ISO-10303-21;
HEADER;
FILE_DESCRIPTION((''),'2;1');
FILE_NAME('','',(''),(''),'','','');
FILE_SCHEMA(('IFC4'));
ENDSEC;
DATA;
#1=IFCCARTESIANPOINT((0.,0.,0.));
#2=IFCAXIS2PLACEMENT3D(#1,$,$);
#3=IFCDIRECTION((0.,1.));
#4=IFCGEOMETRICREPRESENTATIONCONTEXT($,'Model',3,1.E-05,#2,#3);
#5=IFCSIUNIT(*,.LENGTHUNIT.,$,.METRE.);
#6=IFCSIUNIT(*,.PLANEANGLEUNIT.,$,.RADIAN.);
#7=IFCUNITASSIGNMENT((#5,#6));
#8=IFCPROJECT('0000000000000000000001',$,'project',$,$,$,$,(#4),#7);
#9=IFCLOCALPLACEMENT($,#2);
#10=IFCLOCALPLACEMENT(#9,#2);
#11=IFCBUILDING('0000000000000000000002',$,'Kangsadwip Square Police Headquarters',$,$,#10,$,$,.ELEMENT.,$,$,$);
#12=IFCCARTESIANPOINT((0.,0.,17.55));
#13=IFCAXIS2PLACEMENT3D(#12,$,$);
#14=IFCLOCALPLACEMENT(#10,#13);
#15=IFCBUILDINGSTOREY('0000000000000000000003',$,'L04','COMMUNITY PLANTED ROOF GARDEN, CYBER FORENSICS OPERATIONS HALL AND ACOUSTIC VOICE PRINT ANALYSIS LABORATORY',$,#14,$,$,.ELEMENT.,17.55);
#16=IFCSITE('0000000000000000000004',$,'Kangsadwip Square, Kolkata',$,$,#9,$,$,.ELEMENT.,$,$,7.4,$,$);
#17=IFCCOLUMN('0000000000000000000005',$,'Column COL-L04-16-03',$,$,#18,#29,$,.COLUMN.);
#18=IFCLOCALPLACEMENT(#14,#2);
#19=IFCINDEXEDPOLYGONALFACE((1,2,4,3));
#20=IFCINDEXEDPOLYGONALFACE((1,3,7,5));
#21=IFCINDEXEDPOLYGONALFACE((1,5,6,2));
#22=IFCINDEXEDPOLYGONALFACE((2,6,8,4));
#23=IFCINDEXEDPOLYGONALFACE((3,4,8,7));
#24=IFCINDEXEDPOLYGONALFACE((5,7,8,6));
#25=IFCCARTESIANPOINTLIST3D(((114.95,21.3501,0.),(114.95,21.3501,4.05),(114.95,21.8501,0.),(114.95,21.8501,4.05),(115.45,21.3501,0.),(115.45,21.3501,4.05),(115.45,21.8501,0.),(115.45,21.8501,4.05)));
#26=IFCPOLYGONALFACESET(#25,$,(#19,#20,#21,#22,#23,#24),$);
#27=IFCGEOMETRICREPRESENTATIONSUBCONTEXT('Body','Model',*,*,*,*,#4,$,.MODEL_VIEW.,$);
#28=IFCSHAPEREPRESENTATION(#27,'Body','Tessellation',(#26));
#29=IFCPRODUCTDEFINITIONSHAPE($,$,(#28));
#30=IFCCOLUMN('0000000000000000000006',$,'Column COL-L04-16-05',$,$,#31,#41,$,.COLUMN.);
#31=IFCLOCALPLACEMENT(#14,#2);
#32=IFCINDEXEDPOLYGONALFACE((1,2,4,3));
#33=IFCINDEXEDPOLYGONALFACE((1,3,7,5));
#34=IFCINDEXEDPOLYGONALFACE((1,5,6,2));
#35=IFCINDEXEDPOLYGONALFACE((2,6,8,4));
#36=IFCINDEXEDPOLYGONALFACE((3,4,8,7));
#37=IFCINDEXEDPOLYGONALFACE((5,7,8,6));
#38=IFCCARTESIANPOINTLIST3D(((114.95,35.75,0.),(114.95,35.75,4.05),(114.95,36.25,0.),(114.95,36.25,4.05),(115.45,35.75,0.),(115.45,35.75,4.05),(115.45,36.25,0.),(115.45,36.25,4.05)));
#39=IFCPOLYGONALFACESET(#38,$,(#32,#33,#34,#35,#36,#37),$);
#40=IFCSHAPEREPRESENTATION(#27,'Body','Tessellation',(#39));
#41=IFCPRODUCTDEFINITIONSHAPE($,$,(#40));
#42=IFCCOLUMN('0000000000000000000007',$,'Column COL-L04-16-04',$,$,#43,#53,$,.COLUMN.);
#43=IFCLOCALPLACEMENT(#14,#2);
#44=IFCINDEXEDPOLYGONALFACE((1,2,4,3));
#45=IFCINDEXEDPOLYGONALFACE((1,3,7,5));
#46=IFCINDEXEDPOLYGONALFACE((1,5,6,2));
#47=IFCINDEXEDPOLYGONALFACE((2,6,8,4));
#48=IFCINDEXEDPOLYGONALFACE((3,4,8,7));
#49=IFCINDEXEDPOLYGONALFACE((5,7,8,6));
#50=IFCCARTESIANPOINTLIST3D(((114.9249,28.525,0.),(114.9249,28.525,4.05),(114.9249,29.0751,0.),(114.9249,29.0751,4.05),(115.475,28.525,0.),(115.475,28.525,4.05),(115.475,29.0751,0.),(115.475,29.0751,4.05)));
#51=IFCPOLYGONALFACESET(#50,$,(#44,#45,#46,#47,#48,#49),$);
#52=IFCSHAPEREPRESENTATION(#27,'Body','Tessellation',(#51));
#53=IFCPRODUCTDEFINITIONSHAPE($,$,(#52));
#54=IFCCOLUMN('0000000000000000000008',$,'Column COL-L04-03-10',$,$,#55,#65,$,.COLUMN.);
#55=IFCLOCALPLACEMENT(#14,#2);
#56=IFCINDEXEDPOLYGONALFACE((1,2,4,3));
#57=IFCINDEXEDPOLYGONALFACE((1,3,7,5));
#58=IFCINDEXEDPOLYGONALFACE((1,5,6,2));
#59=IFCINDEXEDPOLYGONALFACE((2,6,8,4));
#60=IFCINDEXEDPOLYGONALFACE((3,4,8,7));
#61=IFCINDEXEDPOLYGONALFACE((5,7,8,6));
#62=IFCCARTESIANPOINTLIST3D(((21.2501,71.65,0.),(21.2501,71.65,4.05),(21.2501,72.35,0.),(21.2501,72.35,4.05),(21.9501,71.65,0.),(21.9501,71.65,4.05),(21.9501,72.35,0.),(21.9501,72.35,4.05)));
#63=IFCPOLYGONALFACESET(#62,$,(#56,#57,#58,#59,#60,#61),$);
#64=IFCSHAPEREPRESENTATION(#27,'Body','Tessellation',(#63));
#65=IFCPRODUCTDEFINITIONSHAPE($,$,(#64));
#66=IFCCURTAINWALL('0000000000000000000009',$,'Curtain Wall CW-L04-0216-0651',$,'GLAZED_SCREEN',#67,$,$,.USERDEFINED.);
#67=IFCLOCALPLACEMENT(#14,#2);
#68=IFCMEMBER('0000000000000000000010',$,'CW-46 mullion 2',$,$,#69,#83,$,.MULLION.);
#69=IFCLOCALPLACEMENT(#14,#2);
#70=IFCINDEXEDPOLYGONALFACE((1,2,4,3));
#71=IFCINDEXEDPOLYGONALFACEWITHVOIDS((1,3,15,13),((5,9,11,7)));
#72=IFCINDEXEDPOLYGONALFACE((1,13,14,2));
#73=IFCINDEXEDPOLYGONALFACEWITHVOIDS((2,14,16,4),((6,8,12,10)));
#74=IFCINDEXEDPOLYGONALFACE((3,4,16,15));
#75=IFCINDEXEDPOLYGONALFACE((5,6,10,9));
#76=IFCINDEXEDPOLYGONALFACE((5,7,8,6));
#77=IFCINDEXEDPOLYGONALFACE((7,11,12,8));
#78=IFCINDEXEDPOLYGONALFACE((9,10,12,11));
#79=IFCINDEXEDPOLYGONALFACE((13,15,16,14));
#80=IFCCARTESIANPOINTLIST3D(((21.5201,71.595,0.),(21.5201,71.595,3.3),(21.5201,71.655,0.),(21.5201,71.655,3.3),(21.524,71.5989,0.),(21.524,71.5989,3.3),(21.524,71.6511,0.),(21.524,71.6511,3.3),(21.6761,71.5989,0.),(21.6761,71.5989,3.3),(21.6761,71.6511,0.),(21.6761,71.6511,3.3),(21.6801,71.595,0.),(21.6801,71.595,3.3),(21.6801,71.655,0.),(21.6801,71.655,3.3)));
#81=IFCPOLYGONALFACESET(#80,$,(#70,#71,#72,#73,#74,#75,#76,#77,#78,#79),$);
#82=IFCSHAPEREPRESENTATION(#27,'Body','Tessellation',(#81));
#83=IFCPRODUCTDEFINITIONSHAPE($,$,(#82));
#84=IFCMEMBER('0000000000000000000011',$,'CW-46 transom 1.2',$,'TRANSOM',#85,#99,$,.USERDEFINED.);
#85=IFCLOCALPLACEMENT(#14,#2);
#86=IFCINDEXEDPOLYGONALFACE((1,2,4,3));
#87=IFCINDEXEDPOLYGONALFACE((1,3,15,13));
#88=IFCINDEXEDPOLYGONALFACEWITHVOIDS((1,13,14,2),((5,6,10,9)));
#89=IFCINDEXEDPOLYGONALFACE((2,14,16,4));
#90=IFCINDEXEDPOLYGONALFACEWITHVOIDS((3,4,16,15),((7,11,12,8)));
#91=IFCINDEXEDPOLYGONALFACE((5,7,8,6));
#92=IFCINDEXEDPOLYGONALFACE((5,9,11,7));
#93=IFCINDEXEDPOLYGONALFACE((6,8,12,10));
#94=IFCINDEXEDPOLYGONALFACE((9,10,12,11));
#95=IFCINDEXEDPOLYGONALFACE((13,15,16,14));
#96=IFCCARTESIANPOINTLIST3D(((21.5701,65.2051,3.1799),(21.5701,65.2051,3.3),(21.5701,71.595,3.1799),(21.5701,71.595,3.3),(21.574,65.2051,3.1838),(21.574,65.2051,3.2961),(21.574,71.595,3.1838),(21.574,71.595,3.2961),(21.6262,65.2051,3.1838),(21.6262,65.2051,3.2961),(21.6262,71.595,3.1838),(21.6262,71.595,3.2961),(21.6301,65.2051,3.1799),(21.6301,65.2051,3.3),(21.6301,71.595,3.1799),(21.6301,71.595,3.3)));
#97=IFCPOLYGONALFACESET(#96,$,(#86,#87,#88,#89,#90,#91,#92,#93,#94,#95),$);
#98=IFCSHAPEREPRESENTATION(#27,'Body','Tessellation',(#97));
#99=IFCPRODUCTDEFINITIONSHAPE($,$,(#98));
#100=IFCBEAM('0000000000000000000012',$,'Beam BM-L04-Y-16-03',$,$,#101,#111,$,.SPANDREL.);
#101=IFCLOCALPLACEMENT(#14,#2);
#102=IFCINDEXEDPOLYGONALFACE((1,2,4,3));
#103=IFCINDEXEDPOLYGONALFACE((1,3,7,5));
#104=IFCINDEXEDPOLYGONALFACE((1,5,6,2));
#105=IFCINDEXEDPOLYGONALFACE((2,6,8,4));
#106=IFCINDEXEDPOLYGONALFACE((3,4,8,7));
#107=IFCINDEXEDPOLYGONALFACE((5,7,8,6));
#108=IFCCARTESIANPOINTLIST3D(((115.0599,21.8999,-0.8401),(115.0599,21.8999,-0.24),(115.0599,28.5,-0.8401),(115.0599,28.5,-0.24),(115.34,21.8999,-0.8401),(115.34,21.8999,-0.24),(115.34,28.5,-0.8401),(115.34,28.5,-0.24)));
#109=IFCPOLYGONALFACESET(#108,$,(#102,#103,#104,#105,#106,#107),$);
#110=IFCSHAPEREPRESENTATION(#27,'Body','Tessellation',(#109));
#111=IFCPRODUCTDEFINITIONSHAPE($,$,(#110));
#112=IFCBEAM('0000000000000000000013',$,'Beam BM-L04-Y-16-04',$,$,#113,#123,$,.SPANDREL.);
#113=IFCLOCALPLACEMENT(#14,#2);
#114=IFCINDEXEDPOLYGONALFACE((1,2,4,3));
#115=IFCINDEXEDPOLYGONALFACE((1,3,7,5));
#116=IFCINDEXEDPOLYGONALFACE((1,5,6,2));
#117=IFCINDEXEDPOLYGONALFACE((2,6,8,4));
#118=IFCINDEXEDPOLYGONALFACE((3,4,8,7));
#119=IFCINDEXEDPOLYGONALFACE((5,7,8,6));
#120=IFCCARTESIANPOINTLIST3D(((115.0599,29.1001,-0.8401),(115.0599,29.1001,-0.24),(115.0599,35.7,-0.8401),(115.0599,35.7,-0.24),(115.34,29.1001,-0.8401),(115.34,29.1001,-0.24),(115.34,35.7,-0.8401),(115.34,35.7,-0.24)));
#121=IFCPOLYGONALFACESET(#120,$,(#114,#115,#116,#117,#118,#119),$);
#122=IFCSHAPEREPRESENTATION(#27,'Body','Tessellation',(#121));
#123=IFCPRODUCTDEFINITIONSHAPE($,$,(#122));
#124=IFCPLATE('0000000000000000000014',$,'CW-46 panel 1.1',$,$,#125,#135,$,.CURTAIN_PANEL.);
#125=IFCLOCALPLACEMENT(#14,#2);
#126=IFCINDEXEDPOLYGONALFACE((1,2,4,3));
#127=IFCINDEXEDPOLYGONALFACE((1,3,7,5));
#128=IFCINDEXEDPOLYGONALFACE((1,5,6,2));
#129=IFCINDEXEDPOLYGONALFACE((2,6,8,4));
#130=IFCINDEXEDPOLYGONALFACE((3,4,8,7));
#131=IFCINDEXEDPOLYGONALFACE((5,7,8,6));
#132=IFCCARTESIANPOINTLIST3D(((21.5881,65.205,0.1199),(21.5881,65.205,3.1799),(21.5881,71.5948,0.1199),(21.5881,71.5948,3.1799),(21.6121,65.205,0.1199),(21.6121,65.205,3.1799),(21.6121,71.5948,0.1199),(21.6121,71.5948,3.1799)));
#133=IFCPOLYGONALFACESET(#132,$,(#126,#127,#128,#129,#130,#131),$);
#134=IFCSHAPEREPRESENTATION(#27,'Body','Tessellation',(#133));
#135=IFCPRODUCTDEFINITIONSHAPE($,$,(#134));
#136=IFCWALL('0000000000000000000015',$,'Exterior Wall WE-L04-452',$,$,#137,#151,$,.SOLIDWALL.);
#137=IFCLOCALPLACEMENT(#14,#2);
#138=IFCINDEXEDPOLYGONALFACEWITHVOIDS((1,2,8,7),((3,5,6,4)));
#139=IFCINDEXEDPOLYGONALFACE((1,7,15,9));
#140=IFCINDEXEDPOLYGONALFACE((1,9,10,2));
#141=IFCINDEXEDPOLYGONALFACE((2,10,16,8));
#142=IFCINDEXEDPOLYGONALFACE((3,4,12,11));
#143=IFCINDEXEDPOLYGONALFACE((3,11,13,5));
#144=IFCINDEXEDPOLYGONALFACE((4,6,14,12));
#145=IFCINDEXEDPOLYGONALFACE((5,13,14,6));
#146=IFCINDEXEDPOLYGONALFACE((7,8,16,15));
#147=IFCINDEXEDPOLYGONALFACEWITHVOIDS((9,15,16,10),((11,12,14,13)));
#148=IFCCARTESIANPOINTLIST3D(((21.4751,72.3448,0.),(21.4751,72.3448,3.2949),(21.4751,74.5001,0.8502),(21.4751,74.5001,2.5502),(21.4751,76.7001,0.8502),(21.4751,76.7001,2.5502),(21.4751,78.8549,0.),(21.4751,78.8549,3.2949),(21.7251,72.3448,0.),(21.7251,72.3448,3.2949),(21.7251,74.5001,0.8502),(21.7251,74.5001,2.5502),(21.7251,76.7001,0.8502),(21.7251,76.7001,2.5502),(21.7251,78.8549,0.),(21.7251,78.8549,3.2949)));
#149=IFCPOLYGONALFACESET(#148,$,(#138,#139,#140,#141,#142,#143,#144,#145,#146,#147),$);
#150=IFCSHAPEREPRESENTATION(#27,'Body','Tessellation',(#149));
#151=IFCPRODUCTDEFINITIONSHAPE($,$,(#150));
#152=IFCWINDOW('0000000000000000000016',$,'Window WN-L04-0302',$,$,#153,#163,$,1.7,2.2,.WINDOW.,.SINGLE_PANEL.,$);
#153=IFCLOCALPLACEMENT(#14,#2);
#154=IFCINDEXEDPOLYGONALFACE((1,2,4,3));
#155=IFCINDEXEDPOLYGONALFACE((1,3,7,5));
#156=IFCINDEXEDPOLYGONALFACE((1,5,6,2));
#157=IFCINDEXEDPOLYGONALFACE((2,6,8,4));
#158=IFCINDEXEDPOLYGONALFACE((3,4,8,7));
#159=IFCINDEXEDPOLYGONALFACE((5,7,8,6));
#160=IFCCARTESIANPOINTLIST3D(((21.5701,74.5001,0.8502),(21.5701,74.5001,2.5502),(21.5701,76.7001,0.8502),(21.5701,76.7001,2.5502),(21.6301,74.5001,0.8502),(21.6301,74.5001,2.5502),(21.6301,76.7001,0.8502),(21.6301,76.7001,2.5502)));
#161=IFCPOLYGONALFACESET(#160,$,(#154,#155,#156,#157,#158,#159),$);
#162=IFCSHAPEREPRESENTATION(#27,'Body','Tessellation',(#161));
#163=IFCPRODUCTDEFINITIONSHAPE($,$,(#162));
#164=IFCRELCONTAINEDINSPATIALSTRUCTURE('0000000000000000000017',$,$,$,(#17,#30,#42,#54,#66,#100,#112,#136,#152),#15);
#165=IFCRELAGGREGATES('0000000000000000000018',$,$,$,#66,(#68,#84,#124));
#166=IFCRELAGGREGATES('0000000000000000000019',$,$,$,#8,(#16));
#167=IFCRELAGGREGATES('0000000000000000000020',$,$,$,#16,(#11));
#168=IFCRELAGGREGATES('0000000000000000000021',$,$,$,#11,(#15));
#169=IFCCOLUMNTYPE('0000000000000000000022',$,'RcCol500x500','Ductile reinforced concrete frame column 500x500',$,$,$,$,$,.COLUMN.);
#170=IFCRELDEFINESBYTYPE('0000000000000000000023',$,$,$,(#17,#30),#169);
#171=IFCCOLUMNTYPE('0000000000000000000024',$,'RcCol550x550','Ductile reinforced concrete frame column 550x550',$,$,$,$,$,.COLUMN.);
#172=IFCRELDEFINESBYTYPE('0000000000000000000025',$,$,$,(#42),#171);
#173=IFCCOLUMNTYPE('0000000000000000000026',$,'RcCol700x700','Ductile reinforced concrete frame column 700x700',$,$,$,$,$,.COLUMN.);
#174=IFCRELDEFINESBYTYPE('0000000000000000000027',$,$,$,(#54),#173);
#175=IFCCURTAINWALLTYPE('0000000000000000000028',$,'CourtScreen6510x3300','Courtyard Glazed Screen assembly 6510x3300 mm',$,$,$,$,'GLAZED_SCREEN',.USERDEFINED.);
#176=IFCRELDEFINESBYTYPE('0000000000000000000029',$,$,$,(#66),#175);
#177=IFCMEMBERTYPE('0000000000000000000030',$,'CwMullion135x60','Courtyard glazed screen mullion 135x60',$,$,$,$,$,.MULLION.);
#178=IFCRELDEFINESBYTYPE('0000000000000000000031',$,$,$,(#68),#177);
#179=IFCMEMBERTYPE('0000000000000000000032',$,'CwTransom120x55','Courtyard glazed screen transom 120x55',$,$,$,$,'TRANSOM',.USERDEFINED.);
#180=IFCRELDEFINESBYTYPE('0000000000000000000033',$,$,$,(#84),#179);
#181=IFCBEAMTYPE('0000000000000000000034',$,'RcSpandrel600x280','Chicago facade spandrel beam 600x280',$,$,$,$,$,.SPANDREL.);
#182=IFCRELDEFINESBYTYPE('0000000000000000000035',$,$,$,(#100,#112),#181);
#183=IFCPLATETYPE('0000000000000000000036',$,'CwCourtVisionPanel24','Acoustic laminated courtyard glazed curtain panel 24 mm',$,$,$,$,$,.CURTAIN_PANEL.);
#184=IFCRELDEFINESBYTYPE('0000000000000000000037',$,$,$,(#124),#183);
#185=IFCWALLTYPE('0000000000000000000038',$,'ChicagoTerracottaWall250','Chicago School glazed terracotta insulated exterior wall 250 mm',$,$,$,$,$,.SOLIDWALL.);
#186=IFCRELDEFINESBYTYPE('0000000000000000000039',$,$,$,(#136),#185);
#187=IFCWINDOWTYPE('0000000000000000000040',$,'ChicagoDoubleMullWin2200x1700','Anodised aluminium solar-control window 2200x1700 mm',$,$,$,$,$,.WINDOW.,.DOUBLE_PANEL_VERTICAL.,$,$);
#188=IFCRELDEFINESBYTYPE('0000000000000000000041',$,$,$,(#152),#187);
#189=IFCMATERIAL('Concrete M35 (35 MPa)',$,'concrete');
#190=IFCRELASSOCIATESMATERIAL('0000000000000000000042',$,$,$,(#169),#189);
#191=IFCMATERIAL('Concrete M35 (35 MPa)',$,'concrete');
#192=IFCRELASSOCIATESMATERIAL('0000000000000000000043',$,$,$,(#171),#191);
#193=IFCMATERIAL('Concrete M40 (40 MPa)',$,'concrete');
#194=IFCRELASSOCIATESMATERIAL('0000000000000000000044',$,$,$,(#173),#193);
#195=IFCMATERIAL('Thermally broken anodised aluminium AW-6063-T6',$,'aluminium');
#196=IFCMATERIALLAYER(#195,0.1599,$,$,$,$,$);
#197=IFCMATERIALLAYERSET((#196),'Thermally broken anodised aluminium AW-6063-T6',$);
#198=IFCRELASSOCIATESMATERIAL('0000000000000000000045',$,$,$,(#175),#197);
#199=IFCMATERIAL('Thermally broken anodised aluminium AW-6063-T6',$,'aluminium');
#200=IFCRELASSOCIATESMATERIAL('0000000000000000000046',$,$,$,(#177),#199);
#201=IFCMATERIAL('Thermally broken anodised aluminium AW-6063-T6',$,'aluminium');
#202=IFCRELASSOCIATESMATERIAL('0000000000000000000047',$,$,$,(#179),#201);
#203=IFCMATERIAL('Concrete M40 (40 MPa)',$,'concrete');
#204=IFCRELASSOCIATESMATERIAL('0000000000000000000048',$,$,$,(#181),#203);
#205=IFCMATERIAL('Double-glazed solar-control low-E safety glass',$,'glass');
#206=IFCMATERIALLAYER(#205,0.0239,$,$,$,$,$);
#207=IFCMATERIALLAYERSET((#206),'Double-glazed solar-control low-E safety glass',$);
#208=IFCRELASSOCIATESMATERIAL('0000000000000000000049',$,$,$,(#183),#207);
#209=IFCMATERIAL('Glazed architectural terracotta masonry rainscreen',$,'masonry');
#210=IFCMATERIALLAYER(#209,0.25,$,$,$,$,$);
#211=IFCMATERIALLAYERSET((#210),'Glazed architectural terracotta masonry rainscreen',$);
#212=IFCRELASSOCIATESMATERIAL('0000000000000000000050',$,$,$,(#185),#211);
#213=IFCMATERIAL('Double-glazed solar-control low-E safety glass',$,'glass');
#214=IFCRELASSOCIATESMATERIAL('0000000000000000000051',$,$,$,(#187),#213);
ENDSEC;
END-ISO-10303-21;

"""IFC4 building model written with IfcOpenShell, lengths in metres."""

from ifc_helpers import new_model, si_unit, direction, frame, frame_2d, origin, origin_2d, place, context, subcontext, project, spatial, rectangle, hollow_rectangle, extrude, material, layer, layer_set, material_profile, profile_set, type_object, element, fill, aggregate, save


model = new_model("IFC4")

# Units and contexts
model_context = context("Model", 3, precision=1e-05, world=origin(), true_north=direction((0.0, 1.0)))
body_context = subcontext(model_context, "Body", "Model", "MODEL_VIEW")
ifc_project = project(units=[si_unit("LENGTHUNIT", "METRE"), si_unit("PLANEANGLEUNIT", "RADIAN")], contexts=[model_context])

# Site, building, storey
site_placement = place(None, origin())
site = spatial("IfcSite", under=ifc_project, at=site_placement, Name="Kangsadwip Square, Kolkata", CompositionType="ELEMENT", RefElevation=7.4)
building_placement = place(site_placement, origin())
building = spatial("IfcBuilding", under=site, at=building_placement, Name="Kangsadwip Square Police Headquarters", CompositionType="ELEMENT")
storey_placement = place(building_placement, frame((0.0, 0.0, 17.55)))
storey = spatial("IfcBuildingStorey", under=building, at=storey_placement, Name="L04", Description="COMMUNITY PLANTED ROOF GARDEN, CYBER FORENSICS OPERATIONS HALL AND ACOUSTIC VOICE PRINT ANALYSIS LABORATORY", CompositionType="ELEMENT", Elevation=17.55)

# Columns
ifc_material_1 = material(Name="Concrete M35 (35 MPa)", Category="concrete")
ifc_material_profile_1 = material_profile(ifc_material_1, rectangle(XDim=0.5, YDim=0.5, at=origin_2d()), Name="RC COL 500X500")
ifc_profile_set_1 = profile_set([ifc_material_profile_1], Name="Concrete M35 (35 MPa)")
column_type_1 = type_object("IfcColumnType", Name="RcCol500x500", Description="Ductile reinforced concrete frame column 500x500", PredefinedType="COLUMN", material=ifc_profile_set_1)
for number, where, z_axis, x_axis, name in (
    (1, (115.2, 21.6001, 0.0), (0.0, 0.0, 1.0), (1.0, 0.0, 0.0), "Column COL-L04-16-03"),
    (2, (115.2, 36.0, 0.0), (0.0, 0.0, 1.0), (1.0, 0.0, 0.0), "Column COL-L04-16-05"),
):
    element("IfcColumn", number, at=place(storey_placement, frame(where, z_axis=z_axis, x_axis=x_axis)), inside=storey, type_object=column_type_1, Name=name, PredefinedType="COLUMN", context=body_context, shape_type="SweptSolid", body=[
        extrude(rectangle(XDim=0.5, YDim=0.5, at=origin_2d()), origin(), (0.0, 0.0, 1.0), 4.05),
    ])
ifc_material_2 = material(Name="Concrete M35 (35 MPa)", Category="concrete")
ifc_material_profile_2 = material_profile(ifc_material_2, rectangle(XDim=0.55, YDim=0.55, at=origin_2d()), Name="RC COL 550X550")
ifc_profile_set_2 = profile_set([ifc_material_profile_2], Name="Concrete M35 (35 MPa)")
column_type_2 = type_object("IfcColumnType", Name="RcCol550x550", Description="Ductile reinforced concrete frame column 550x550", PredefinedType="COLUMN", material=ifc_profile_set_2)
column_1_placement = place(storey_placement, frame((115.2, 28.8, 0.0), z_axis=(0.0, 0.0, 1.0), x_axis=(1.0, 0.0, 0.0)))
element("IfcColumn", 3, at=column_1_placement, inside=storey, type_object=column_type_2, Name="Column COL-L04-16-04", PredefinedType="COLUMN", context=body_context, shape_type="SweptSolid", body=[
    extrude(rectangle(XDim=0.55, YDim=0.55, at=origin_2d()), origin(), (0.0, 0.0, 1.0), 4.05),
])
ifc_material_3 = material(Name="Concrete M40 (40 MPa)", Category="concrete")
ifc_material_profile_3 = material_profile(ifc_material_3, rectangle(XDim=0.7, YDim=0.7, at=origin_2d()), Name="RC COL 700X700")
ifc_profile_set_3 = profile_set([ifc_material_profile_3], Name="Concrete M40 (40 MPa)")
column_type_3 = type_object("IfcColumnType", Name="RcCol700x700", Description="Ductile reinforced concrete frame column 700x700", PredefinedType="COLUMN", material=ifc_profile_set_3)
column_2_placement = place(storey_placement, frame((21.6001, 72.0, 0.0), z_axis=(0.0, 0.0, 1.0), x_axis=(1.0, 0.0, 0.0)))
element("IfcColumn", 4, at=column_2_placement, inside=storey, type_object=column_type_3, Name="Column COL-L04-03-10", PredefinedType="COLUMN", context=body_context, shape_type="SweptSolid", body=[
    extrude(rectangle(XDim=0.7, YDim=0.7, at=origin_2d()), origin(), (0.0, 0.0, 1.0), 4.05),
])

# Curtain wall, members
ifc_material_4 = material(Name="Thermally broken anodised aluminium AW-6063-T6", Category="aluminium")
ifc_layer_1 = layer(ifc_material_4, 0.1599)
ifc_layer_set_1 = layer_set([ifc_layer_1], Name="Thermally broken anodised aluminium AW-6063-T6")
curtain_wall_type = type_object("IfcCurtainWallType", Name="CourtScreen6510x3300", Description="Courtyard Glazed Screen assembly 6510x3300 mm", ElementType="GLAZED_SCREEN", PredefinedType="USERDEFINED", material=ifc_layer_set_1)
curtain_wall_placement = place(storey_placement, origin())
curtain_wall = element("IfcCurtainWall", 5, at=curtain_wall_placement, inside=storey, type_object=curtain_wall_type, Name="Curtain Wall CW-L04-0216-0651", ObjectType="GLAZED_SCREEN", PredefinedType="USERDEFINED")
ifc_material_5 = material(Name="Thermally broken anodised aluminium AW-6063-T6", Category="aluminium")
ifc_material_profile_4 = material_profile(ifc_material_5, hollow_rectangle(XDim=0.0601, YDim=0.1599, WallThickness=0.0039, at=origin_2d()), Name="CWM 160X60X4")
ifc_profile_set_4 = profile_set([ifc_material_profile_4], Name="Thermally broken anodised aluminium AW-6063-T6")
member_type_1 = type_object("IfcMemberType", Name="CwMullion135x60", Description="Courtyard glazed screen mullion 135x60", PredefinedType="MULLION", material=ifc_profile_set_4)
member_1_placement = place(storey_placement, frame((21.6001, 71.625, 0.0), z_axis=(0.0, 0.0, 1.0), x_axis=(0.0, 1.0, 0.0)))
member_1 = element("IfcMember", 6, at=member_1_placement, type_object=member_type_1, Name="CW-46 mullion 2", PredefinedType="MULLION", context=body_context, shape_type="SweptSolid", body=[
    extrude(hollow_rectangle(XDim=0.0601, YDim=0.1599, WallThickness=0.0039, at=origin_2d()), origin(), (0.0, 0.0, 1.0), 3.3),
])
ifc_material_6 = material(Name="Thermally broken anodised aluminium AW-6063-T6", Category="aluminium")
ifc_material_profile_5 = material_profile(ifc_material_6, hollow_rectangle(XDim=0.0601, YDim=0.1201, WallThickness=0.0039, at=origin_2d()), Name="CWT 120X60X4")
ifc_profile_set_5 = profile_set([ifc_material_profile_5], Name="Thermally broken anodised aluminium AW-6063-T6")
member_type_2 = type_object("IfcMemberType", Name="CwTransom120x55", Description="Courtyard glazed screen transom 120x55", ElementType="TRANSOM", PredefinedType="USERDEFINED", material=ifc_profile_set_5)
member_2_placement = place(storey_placement, frame((21.6001, 65.2051, 3.24), z_axis=(0.0, 1.0, 0.0), x_axis=(-1.0, 0.0, 0.0)))
member_2 = element("IfcMember", 7, at=member_2_placement, type_object=member_type_2, Name="CW-46 transom 1.2", ObjectType="TRANSOM", PredefinedType="USERDEFINED", context=body_context, shape_type="SweptSolid", body=[
    extrude(hollow_rectangle(XDim=0.0601, YDim=0.1201, WallThickness=0.0039, at=origin_2d()), origin(), (0.0, 0.0, 1.0), 6.3899),
])

# Beams
ifc_material_7 = material(Name="Concrete M40 (40 MPa)", Category="concrete")
ifc_material_profile_6 = material_profile(ifc_material_7, rectangle(XDim=0.28, YDim=0.6001, at=origin_2d()), Name="RC SPN 600X280")
ifc_profile_set_6 = profile_set([ifc_material_profile_6], Name="Concrete M40 (40 MPa)")
beam_type = type_object("IfcBeamType", Name="RcSpandrel600x280", Description="Chicago facade spandrel beam 600x280", PredefinedType="SPANDREL", material=ifc_profile_set_6)
beam_1_placement = place(storey_placement, frame((115.2, 21.8999, -0.54), z_axis=(0.0, 1.0, 0.0), x_axis=(-1.0, 0.0, 0.0)))
element("IfcBeam", 8, at=beam_1_placement, inside=storey, type_object=beam_type, Name="Beam BM-L04-Y-16-03", PredefinedType="SPANDREL", context=body_context, shape_type="SweptSolid", body=[
    extrude(rectangle(XDim=0.28, YDim=0.6001, at=origin_2d()), origin(), (0.0, 0.0, 1.0), 6.6001),
])
beam_2_placement = place(storey_placement, frame((115.2, 29.1001, -0.54), z_axis=(0.0, 1.0, 0.0), x_axis=(-1.0, 0.0, 0.0)))
element("IfcBeam", 9, at=beam_2_placement, inside=storey, type_object=beam_type, Name="Beam BM-L04-Y-16-04", PredefinedType="SPANDREL", context=body_context, shape_type="SweptSolid", body=[
    extrude(rectangle(XDim=0.28, YDim=0.6001, at=origin_2d()), origin(), (0.0, 0.0, 1.0), 6.5999),
])

# Plate
ifc_material_8 = material(Name="Double-glazed solar-control low-E safety glass", Category="glass")
ifc_layer_2 = layer(ifc_material_8, 0.0239)
ifc_layer_set_2 = layer_set([ifc_layer_2], Name="Double-glazed solar-control low-E safety glass")
plate_type = type_object("IfcPlateType", Name="CwCourtVisionPanel24", Description="Acoustic laminated courtyard glazed curtain panel 24 mm", PredefinedType="CURTAIN_PANEL", material=ifc_layer_set_2)
plate_placement = place(storey_placement, frame((21.6001, 68.3999, 0.1199), z_axis=(0.0, 0.0, 1.0), x_axis=(0.0, 1.0, 0.0)))
plate = element("IfcPlate", 10, at=plate_placement, type_object=plate_type, Name="CW-46 panel 1.1", PredefinedType="CURTAIN_PANEL", context=body_context, shape_type="SweptSolid", body=[
    extrude(rectangle(XDim=6.3899, YDim=0.0239, at=origin_2d()), origin(), (0.0, 0.0, 1.0), 3.0601),
])
aggregate(curtain_wall, [member_1, member_2, plate])

# Wall, opening, window
ifc_material_9 = material(Name="Glazed architectural terracotta masonry rainscreen", Category="masonry")
ifc_layer_3 = layer(ifc_material_9, 0.25)
ifc_layer_set_3 = layer_set([ifc_layer_3], Name="Glazed architectural terracotta masonry rainscreen")
wall_type = type_object("IfcWallType", Name="ChicagoTerracottaWall250", Description="Chicago School glazed terracotta insulated exterior wall 250 mm", PredefinedType="SOLIDWALL", material=ifc_layer_set_3)
wall_1_placement = place(storey_placement, frame((21.6001, 72.345, 0.0), z_axis=(0.0, 0.0, 1.0), x_axis=(0.0, 1.0, 0.0)))
wall_1 = element("IfcWall", 11, at=wall_1_placement, inside=storey, type_object=wall_type, Name="Exterior Wall WE-L04-452", PredefinedType="SOLIDWALL", context=body_context, shape_type="SweptSolid", body=[
    extrude(rectangle(XDim=6.51, YDim=0.25, at=frame_2d((3.2549, 0.0))), origin(), (0.0, 0.0, 1.0), 3.2949),
])
opening_1_placement = place(wall_1_placement, frame((2.155, 0.0, 0.8501)))
opening_1 = element("IfcOpeningElement", 12, at=opening_1_placement, cuts=wall_1, PredefinedType="OPENING", context=body_context, shape_type="SweptSolid", body=[
    extrude(rectangle(XDim=2.2, YDim=1.7, at=frame_2d((1.1001, 0.8501))), frame((0.0, 0.135, 0.0), z_axis=(0.0, -1.0, 0.0), x_axis=(1.0, 0.0, 0.0)), (0.0, 0.0, 1.0), 0.27),
])
ifc_material_10 = material(Name="Double-glazed solar-control low-E safety glass", Category="glass")
window_type_1 = type_object("IfcWindowType", Name="ChicagoDoubleMullWin2200x1700", Description="Anodised aluminium solar-control window 2200x1700 mm", PartitioningType="DOUBLE_PANEL_VERTICAL", PredefinedType="WINDOW", material=ifc_material_10)
window_1_placement = place(opening_1_placement, origin())
window_1 = element("IfcWindow", 13, at=window_1_placement, inside=storey, type_object=window_type_1, Name="Window WN-L04-0302", OverallHeight=1.7, OverallWidth=2.2, PartitioningType="SINGLE_PANEL", PredefinedType="WINDOW", context=body_context, shape_type="SweptSolid", body=[
    extrude(rectangle(XDim=2.2, YDim=1.7, at=frame_2d((1.1001, 0.8501))), frame((0.0, 0.03, 0.0), z_axis=(0.0, -1.0, 0.0), x_axis=(1.0, 0.0, 0.0)), (0.0, 0.0, 1.0), 0.0601),
])
fill(opening_1, window_1)

save(model, "model.ifc")
